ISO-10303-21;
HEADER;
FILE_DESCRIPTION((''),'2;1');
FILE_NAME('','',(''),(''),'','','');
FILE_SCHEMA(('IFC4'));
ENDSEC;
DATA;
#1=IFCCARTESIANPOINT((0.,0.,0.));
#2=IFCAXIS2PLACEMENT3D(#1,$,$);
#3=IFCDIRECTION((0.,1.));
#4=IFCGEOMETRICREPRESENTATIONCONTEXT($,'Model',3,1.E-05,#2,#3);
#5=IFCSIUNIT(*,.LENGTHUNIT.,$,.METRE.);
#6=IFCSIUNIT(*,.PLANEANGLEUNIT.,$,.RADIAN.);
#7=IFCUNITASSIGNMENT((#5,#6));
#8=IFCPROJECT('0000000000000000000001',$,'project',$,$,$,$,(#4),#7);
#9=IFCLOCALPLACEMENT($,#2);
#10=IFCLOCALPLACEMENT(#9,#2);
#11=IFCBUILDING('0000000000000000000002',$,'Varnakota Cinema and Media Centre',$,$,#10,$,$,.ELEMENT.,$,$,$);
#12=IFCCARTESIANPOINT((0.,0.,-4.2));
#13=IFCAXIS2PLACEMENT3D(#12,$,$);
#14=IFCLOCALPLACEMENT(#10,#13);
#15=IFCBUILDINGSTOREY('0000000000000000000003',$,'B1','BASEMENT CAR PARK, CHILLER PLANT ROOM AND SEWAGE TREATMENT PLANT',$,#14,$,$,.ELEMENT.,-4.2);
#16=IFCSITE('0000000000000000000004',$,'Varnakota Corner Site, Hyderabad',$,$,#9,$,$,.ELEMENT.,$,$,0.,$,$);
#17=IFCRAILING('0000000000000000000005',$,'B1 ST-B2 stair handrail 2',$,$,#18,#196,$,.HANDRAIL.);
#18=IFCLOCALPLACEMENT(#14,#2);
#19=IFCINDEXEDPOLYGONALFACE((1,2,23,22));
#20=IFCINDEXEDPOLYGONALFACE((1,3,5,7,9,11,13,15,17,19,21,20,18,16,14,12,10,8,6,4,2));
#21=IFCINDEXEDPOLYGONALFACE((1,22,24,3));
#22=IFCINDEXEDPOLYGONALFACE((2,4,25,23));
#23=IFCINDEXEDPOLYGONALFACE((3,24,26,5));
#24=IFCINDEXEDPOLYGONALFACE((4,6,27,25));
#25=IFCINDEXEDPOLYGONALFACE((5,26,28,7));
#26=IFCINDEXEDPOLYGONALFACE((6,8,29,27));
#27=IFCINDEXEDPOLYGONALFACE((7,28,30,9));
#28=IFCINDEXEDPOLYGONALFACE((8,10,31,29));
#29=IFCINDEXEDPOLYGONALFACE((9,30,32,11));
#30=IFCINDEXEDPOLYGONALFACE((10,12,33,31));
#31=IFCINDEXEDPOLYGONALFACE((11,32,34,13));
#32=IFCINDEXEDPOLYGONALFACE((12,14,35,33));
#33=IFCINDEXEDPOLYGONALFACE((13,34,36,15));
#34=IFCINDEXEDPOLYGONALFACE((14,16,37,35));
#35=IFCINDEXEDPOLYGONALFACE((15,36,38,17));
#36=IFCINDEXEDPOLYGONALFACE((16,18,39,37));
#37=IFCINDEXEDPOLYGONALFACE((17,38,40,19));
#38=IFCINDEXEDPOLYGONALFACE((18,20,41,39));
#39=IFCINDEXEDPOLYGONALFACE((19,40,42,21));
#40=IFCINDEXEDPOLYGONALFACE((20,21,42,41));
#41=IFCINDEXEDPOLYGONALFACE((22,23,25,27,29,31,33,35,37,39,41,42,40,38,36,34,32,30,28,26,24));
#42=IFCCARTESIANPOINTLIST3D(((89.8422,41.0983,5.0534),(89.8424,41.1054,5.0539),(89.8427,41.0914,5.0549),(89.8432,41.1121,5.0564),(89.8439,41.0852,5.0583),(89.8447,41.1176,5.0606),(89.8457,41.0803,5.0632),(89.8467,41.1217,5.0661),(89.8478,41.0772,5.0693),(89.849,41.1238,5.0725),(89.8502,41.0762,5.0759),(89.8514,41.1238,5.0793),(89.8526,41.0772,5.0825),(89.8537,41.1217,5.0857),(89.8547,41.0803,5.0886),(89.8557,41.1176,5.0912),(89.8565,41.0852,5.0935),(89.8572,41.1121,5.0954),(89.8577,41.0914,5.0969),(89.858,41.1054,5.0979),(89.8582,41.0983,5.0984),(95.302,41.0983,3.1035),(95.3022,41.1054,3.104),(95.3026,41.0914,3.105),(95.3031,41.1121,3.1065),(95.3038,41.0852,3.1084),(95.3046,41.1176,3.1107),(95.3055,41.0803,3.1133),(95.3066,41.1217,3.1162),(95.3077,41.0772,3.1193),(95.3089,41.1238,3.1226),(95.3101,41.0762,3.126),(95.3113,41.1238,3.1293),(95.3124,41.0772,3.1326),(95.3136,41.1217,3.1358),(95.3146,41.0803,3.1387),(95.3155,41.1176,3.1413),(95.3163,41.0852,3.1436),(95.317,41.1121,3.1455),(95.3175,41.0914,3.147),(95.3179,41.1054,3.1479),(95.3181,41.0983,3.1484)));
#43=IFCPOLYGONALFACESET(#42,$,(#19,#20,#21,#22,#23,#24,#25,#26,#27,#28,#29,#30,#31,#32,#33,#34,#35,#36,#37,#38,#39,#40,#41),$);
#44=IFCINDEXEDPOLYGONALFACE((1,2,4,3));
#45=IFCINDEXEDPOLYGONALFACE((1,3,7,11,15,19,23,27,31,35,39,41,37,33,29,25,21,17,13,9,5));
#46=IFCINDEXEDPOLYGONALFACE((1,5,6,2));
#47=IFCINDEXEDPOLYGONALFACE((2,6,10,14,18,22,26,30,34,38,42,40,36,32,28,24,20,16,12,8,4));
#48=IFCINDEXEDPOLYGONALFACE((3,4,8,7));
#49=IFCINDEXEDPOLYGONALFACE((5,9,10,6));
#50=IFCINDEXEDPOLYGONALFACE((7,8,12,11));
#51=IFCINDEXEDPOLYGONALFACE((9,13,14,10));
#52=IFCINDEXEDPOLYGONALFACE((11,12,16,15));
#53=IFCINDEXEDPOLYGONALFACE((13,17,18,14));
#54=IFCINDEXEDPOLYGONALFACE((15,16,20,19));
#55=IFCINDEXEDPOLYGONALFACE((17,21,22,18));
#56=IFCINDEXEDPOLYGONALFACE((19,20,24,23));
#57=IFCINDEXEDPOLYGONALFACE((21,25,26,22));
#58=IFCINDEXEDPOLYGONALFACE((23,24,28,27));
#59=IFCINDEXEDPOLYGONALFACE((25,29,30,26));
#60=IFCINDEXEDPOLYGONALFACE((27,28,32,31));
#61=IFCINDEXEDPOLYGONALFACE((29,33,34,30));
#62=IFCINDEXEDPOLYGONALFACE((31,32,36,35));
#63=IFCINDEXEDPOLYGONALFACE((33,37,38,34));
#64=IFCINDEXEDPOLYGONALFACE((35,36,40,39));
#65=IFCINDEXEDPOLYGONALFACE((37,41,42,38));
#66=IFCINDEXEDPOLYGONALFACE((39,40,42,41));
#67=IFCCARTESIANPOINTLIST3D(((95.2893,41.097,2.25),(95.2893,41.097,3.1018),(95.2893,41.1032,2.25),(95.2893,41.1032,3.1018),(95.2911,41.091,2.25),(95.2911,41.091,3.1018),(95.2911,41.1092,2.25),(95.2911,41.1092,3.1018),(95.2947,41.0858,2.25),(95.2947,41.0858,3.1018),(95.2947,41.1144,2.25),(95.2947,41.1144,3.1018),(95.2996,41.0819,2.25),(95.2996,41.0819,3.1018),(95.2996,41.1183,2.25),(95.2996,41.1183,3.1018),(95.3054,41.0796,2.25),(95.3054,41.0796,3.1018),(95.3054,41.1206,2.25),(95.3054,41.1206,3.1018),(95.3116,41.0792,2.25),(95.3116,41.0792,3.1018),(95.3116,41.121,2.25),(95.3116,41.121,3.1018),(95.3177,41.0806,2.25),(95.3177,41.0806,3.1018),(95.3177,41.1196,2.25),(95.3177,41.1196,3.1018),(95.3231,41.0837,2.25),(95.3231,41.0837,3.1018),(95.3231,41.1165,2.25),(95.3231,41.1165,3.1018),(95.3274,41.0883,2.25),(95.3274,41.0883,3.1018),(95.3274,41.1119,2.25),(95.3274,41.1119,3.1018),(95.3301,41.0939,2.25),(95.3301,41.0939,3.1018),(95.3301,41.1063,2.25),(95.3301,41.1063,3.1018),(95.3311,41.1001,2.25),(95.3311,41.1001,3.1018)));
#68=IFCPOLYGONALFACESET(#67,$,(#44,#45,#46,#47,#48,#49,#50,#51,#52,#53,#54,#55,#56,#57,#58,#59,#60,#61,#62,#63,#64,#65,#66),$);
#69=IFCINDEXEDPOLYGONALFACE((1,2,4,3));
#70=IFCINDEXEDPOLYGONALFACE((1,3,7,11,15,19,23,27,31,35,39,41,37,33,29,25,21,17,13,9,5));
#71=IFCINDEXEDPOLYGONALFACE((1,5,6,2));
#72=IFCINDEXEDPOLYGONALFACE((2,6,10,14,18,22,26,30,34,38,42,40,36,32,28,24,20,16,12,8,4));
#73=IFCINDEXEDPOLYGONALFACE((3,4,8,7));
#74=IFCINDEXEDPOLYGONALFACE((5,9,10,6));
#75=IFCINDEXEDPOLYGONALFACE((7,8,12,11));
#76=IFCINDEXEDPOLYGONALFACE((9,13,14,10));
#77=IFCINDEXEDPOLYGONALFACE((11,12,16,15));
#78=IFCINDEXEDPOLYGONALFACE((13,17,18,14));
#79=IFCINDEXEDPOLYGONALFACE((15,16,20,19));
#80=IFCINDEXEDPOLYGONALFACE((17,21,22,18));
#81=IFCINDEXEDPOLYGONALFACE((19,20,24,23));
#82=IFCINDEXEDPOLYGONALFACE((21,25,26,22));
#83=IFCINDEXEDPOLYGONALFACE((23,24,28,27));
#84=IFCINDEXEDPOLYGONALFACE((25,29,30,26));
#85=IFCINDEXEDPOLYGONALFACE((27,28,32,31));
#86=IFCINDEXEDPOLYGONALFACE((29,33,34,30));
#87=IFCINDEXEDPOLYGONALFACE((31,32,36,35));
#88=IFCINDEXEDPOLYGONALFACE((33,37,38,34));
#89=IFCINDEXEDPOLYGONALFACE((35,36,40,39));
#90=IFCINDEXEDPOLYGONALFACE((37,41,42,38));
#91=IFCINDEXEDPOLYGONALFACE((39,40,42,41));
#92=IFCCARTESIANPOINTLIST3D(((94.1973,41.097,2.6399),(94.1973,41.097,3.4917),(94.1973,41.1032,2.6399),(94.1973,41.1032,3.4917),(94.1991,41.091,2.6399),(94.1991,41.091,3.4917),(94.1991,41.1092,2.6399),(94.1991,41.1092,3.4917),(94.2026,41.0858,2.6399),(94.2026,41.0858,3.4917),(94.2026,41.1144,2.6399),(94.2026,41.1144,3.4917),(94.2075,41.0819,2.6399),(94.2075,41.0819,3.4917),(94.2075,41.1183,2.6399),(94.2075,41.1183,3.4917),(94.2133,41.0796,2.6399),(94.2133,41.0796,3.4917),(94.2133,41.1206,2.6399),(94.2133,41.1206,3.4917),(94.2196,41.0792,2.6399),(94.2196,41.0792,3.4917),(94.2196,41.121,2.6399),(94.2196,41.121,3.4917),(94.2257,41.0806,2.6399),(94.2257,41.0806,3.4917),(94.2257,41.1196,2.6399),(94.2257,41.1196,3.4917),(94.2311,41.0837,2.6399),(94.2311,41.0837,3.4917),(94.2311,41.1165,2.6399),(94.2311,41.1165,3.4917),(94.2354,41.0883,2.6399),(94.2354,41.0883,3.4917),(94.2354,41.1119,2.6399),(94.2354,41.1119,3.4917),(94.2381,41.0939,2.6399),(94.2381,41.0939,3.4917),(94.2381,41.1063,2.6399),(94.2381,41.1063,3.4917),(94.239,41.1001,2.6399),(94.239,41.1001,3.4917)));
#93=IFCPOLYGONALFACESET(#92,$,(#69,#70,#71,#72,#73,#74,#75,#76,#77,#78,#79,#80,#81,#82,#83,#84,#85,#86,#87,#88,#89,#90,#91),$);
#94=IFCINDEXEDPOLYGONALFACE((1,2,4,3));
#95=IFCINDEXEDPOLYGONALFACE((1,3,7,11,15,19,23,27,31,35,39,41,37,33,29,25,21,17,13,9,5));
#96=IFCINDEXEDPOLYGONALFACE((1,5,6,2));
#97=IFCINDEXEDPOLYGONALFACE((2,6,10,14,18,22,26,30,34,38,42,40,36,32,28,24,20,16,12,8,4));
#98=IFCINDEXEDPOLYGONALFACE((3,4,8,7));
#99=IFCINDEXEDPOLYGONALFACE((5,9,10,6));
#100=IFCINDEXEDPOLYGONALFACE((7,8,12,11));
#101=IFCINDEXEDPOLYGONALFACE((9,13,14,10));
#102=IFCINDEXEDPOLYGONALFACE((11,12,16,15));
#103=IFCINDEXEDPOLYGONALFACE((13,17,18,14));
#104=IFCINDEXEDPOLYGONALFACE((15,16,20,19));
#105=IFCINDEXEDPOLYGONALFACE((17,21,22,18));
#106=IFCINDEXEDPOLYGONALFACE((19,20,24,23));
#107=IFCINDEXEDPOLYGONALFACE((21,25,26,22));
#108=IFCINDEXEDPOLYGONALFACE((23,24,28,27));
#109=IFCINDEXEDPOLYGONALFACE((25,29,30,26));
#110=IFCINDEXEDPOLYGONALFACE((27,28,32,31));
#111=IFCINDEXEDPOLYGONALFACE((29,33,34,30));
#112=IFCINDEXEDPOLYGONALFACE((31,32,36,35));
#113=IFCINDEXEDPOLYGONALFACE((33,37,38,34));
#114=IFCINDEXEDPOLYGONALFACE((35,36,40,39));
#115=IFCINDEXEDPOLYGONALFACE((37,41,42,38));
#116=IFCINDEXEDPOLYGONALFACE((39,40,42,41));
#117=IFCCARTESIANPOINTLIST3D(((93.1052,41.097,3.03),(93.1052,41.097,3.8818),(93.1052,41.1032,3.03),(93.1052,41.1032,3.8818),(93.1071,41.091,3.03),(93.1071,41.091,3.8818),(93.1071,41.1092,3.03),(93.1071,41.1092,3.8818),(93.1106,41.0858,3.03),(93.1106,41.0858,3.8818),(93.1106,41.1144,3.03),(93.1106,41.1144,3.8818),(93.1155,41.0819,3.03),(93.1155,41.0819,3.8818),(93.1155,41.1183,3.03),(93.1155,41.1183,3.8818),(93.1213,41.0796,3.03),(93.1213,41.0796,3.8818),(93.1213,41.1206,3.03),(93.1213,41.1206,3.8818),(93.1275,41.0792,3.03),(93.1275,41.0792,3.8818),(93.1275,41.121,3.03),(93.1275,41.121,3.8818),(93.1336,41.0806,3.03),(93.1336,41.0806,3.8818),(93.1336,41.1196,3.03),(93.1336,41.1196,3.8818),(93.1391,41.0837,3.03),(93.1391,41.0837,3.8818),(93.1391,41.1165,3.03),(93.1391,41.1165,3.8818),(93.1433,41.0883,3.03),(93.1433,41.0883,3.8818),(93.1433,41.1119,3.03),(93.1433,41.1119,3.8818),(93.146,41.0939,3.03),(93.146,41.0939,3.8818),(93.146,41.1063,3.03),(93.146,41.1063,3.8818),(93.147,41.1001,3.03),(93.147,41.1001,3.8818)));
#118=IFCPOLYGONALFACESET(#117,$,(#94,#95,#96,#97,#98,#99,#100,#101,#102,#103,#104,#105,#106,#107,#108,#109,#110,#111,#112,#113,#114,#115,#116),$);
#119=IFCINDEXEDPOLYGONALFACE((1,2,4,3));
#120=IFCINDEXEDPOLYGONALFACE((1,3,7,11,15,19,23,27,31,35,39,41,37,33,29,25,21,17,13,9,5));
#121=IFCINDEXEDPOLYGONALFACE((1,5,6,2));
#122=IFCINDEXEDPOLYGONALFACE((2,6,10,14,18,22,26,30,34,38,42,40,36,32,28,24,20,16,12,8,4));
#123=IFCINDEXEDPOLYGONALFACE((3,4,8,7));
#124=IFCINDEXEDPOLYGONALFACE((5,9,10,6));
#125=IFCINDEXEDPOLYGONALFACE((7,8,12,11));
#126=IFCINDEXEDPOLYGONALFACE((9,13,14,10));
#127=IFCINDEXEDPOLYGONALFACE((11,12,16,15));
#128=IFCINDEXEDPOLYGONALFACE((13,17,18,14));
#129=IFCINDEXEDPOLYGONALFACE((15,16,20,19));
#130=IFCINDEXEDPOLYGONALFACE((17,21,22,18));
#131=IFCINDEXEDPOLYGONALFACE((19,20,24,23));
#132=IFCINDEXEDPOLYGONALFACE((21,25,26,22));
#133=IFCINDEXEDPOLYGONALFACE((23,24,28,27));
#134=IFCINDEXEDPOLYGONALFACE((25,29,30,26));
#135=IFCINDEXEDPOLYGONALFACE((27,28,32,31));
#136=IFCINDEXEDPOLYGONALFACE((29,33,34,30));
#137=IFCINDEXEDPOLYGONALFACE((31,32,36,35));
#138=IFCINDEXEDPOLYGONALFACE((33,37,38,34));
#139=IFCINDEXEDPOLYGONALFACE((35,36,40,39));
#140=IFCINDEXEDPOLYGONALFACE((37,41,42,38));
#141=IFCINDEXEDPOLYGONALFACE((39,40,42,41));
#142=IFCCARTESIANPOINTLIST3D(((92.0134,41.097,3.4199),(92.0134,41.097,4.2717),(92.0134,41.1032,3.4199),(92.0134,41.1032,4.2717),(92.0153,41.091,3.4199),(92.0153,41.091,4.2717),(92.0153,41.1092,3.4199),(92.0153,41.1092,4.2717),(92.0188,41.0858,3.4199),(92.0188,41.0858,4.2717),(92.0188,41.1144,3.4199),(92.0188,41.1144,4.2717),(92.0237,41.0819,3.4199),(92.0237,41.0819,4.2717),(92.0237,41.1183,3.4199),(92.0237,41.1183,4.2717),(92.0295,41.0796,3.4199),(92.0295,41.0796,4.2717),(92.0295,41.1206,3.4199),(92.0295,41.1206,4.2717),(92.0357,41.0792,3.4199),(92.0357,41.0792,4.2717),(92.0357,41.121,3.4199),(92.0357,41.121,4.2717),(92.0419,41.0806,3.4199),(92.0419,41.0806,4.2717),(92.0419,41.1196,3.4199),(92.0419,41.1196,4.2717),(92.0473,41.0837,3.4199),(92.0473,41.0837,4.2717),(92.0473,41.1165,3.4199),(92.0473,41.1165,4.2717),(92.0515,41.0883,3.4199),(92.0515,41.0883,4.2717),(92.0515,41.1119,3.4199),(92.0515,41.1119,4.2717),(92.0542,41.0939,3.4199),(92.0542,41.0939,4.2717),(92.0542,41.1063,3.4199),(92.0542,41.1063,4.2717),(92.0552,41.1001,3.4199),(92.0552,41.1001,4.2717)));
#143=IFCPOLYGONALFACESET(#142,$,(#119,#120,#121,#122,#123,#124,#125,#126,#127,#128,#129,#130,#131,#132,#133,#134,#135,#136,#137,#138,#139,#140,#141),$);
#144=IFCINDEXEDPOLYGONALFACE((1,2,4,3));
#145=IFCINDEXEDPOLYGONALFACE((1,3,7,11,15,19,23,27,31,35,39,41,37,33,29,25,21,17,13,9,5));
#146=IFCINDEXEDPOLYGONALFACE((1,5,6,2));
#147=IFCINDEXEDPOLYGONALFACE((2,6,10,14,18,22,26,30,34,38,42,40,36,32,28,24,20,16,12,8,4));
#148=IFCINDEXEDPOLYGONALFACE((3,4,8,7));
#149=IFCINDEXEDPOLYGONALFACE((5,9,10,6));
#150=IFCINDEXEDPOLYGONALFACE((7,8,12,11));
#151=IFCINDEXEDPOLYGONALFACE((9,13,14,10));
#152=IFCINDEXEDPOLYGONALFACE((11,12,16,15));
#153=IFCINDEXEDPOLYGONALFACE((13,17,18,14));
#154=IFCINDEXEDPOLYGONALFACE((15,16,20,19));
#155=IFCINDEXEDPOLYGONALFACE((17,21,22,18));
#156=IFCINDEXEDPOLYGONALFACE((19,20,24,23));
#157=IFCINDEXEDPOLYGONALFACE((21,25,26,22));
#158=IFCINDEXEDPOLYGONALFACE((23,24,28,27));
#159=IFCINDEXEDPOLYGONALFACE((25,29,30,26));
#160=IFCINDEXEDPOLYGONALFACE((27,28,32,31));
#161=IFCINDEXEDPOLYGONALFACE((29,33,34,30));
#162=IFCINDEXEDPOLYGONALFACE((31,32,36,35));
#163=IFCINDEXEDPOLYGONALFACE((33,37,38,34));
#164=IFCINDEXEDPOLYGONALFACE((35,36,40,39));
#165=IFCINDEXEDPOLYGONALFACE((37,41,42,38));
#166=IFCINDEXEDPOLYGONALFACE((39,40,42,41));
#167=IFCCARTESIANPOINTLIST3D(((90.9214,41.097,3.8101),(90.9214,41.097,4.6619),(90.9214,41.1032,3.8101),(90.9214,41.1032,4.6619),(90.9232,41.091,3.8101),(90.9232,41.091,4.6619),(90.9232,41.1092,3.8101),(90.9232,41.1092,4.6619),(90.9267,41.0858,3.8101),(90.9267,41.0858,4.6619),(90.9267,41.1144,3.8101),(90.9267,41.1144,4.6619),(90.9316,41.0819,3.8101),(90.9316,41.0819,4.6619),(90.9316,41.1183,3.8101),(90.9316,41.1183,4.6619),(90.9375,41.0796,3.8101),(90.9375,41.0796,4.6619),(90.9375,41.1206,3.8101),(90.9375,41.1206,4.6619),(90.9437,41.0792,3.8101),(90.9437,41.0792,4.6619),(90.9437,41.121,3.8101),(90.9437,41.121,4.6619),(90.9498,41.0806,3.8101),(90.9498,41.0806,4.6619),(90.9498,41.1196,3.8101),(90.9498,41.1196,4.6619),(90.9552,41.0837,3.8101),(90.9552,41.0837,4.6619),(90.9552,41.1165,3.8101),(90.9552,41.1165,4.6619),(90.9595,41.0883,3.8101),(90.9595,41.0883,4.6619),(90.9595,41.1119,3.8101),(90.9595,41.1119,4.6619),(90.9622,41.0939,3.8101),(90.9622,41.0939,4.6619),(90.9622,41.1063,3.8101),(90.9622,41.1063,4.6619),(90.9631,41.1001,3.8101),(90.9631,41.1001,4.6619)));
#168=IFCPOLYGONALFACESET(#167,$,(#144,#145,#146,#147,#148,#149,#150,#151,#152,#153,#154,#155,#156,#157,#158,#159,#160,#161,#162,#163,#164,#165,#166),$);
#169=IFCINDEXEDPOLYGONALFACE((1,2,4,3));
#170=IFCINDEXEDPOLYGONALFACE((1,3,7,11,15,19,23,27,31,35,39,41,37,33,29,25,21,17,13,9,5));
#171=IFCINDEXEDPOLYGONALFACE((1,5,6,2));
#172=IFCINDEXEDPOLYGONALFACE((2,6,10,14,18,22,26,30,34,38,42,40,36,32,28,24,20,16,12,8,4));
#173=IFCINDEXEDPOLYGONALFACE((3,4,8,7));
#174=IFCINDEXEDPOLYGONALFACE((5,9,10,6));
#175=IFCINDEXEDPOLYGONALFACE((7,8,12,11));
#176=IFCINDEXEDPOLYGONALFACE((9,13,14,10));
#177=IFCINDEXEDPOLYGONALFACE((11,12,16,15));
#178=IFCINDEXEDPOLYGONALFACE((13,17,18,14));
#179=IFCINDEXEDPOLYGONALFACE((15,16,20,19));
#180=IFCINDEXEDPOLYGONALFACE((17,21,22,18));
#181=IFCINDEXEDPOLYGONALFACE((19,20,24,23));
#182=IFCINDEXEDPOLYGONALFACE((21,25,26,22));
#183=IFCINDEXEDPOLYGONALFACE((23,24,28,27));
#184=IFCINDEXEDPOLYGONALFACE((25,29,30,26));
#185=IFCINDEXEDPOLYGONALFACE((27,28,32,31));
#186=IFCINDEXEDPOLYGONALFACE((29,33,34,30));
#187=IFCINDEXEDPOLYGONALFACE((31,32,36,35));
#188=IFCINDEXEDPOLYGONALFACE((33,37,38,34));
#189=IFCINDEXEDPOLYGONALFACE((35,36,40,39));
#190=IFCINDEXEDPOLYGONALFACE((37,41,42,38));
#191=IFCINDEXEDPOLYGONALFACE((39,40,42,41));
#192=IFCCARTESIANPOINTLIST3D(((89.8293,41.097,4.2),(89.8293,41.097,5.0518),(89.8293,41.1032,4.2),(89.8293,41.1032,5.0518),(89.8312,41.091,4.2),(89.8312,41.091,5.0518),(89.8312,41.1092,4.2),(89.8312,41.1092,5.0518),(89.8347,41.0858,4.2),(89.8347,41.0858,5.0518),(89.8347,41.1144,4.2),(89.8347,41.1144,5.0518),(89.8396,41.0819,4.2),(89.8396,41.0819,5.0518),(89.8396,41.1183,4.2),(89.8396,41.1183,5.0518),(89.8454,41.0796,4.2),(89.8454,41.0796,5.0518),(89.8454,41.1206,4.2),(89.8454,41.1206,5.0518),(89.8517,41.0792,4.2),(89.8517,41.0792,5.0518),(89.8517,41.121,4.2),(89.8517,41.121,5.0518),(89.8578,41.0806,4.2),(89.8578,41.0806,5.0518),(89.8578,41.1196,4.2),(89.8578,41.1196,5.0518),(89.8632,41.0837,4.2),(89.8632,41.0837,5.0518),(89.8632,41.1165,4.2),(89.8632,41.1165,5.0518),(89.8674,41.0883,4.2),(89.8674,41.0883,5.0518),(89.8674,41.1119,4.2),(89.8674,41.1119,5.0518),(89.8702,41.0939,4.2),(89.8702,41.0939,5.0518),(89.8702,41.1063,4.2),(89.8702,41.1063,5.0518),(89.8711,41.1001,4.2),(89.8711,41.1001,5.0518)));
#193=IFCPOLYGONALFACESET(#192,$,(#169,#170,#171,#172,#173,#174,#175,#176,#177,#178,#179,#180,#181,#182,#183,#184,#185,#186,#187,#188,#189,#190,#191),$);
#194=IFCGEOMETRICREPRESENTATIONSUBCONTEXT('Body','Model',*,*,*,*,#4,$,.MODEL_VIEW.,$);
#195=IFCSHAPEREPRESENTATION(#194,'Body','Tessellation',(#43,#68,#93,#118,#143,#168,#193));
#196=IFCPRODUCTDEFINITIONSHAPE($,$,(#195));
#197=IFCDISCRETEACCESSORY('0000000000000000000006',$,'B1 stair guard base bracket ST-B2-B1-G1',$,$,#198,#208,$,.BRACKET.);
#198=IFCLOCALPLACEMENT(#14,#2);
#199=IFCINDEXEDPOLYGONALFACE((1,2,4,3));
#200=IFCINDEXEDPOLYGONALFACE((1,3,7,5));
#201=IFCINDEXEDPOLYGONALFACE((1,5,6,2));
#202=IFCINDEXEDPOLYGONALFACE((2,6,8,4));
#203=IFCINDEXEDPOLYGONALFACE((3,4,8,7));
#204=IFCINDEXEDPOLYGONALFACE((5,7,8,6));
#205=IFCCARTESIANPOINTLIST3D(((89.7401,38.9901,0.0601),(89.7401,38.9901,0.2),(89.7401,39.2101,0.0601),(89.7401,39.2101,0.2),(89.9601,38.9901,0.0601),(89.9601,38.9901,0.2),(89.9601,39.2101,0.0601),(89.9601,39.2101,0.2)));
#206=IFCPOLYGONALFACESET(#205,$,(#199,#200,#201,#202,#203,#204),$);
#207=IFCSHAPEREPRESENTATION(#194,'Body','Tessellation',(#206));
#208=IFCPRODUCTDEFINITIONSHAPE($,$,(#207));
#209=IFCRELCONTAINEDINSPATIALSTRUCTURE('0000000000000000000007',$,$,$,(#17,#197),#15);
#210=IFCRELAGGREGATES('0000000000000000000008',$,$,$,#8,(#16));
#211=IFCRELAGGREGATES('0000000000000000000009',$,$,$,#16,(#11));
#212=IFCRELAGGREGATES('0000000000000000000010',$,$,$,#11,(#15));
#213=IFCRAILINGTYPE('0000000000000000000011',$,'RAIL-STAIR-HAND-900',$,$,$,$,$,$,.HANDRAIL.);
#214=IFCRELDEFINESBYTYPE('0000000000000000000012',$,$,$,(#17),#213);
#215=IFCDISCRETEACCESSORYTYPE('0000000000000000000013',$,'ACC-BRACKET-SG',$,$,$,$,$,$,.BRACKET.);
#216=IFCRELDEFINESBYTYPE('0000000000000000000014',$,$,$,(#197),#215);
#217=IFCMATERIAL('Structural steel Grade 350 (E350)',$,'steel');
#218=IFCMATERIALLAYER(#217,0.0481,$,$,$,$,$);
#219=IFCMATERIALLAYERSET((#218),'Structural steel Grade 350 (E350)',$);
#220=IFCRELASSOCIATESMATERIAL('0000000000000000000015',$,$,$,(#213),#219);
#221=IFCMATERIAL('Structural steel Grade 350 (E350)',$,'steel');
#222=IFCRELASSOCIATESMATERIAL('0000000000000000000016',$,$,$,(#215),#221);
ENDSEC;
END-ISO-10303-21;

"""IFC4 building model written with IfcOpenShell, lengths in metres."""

from ifc_helpers import new_model, si_unit, direction, frame, origin, origin_2d, place, context, subcontext, project, spatial, rectangle, circle, extrude, material, layer, layer_set, type_object, element, save


model = new_model("IFC4")

# Units and contexts
model_context = context("Model", 3, precision=1e-05, world=origin(), true_north=direction((0.0, 1.0)))
body_context = subcontext(model_context, "Body", "Model", "MODEL_VIEW")
ifc_project = project(units=[si_unit("LENGTHUNIT", "METRE"), si_unit("PLANEANGLEUNIT", "RADIAN")], contexts=[model_context])

# Site, building, storey
site_placement = place(None, origin())
site = spatial("IfcSite", under=ifc_project, at=site_placement, Name="Varnakota Corner Site, Hyderabad", CompositionType="ELEMENT", RefElevation=0.0)
building_placement = place(site_placement, origin())
building = spatial("IfcBuilding", under=site, at=building_placement, Name="Varnakota Cinema and Media Centre", CompositionType="ELEMENT")
storey_placement = place(building_placement, frame((0.0, 0.0, -4.2)))
storey = spatial("IfcBuildingStorey", under=building, at=storey_placement, Name="B1", Description="BASEMENT CAR PARK, CHILLER PLANT ROOM AND SEWAGE TREATMENT PLANT", CompositionType="ELEMENT", Elevation=-4.2)

# Railing
ifc_material_1 = material(Name="Structural steel Grade 350 (E350)", Category="steel")
ifc_layer_1 = layer(ifc_material_1, 0.0481)
ifc_layer_set_1 = layer_set([ifc_layer_1], Name="Structural steel Grade 350 (E350)")
railing_type_1 = type_object("IfcRailingType", Name="RAIL-STAIR-HAND-900", PredefinedType="HANDRAIL", material=ifc_layer_set_1)
railing_1_placement = place(storey_placement, frame((95.3101, 41.1001, 2.25)))
element("IfcRailing", 1, at=railing_1_placement, inside=storey, type_object=railing_type_1, Name="B1 ST-B2 stair handrail 2", PredefinedType="HANDRAIL", context=body_context, shape_type="SweptSolid", body=[
    extrude(circle(Radius=0.0239, at=origin_2d()), frame((0.0, 0.0, 0.876), z_axis=(-0.941744, 0.0, 0.336331), x_axis=(0.0, -1.0, 0.0)), (0.0, 0.0, 1.0), 5.7976),
    extrude(circle(Radius=0.021, at=origin_2d()), origin(), (0.0, 0.0, 1.0), 0.8518),
    extrude(circle(Radius=0.021, at=origin_2d()), frame((-1.092, 0.0, 0.3899)), (0.0, 0.0, 1.0), 0.8518),
    extrude(circle(Radius=0.021, at=origin_2d()), frame((-2.1841, 0.0, 0.78)), (0.0, 0.0, 1.0), 0.8518),
    extrude(circle(Radius=0.021, at=origin_2d()), frame((-3.2759, 0.0, 1.1699)), (0.0, 0.0, 1.0), 0.8518),
    extrude(circle(Radius=0.021, at=origin_2d()), frame((-4.3679, 0.0, 1.5601)), (0.0, 0.0, 1.0), 0.8518),
    extrude(circle(Radius=0.021, at=origin_2d()), frame((-5.46, 0.0, 1.95)), (0.0, 0.0, 1.0), 0.8518),
])

# Discrete accessory
ifc_material_2 = material(Name="Structural steel Grade 350 (E350)", Category="steel")
discrete_accessory_type = type_object("IfcDiscreteAccessoryType", Name="ACC-BRACKET-SG", PredefinedType="BRACKET", material=ifc_material_2)
for number, where, z_axis, x_axis, name in (
    (2, (89.8501, 39.1001, 0.0601), (0.0, 0.0, 1.0), (1.0, 0.0, 0.0), "B1 stair guard base bracket ST-B2-B1-G1"),
):
    element("IfcDiscreteAccessory", number, at=place(storey_placement, frame(where, z_axis=z_axis, x_axis=x_axis)), inside=storey, type_object=discrete_accessory_type, Name=name, PredefinedType="BRACKET", context=body_context, shape_type="SweptSolid", body=[
        extrude(rectangle(XDim=0.22, YDim=0.22, at=origin_2d()), origin(), (0.0, 0.0, 1.0), 0.1399),
    ])

save(model, "model.ifc")
